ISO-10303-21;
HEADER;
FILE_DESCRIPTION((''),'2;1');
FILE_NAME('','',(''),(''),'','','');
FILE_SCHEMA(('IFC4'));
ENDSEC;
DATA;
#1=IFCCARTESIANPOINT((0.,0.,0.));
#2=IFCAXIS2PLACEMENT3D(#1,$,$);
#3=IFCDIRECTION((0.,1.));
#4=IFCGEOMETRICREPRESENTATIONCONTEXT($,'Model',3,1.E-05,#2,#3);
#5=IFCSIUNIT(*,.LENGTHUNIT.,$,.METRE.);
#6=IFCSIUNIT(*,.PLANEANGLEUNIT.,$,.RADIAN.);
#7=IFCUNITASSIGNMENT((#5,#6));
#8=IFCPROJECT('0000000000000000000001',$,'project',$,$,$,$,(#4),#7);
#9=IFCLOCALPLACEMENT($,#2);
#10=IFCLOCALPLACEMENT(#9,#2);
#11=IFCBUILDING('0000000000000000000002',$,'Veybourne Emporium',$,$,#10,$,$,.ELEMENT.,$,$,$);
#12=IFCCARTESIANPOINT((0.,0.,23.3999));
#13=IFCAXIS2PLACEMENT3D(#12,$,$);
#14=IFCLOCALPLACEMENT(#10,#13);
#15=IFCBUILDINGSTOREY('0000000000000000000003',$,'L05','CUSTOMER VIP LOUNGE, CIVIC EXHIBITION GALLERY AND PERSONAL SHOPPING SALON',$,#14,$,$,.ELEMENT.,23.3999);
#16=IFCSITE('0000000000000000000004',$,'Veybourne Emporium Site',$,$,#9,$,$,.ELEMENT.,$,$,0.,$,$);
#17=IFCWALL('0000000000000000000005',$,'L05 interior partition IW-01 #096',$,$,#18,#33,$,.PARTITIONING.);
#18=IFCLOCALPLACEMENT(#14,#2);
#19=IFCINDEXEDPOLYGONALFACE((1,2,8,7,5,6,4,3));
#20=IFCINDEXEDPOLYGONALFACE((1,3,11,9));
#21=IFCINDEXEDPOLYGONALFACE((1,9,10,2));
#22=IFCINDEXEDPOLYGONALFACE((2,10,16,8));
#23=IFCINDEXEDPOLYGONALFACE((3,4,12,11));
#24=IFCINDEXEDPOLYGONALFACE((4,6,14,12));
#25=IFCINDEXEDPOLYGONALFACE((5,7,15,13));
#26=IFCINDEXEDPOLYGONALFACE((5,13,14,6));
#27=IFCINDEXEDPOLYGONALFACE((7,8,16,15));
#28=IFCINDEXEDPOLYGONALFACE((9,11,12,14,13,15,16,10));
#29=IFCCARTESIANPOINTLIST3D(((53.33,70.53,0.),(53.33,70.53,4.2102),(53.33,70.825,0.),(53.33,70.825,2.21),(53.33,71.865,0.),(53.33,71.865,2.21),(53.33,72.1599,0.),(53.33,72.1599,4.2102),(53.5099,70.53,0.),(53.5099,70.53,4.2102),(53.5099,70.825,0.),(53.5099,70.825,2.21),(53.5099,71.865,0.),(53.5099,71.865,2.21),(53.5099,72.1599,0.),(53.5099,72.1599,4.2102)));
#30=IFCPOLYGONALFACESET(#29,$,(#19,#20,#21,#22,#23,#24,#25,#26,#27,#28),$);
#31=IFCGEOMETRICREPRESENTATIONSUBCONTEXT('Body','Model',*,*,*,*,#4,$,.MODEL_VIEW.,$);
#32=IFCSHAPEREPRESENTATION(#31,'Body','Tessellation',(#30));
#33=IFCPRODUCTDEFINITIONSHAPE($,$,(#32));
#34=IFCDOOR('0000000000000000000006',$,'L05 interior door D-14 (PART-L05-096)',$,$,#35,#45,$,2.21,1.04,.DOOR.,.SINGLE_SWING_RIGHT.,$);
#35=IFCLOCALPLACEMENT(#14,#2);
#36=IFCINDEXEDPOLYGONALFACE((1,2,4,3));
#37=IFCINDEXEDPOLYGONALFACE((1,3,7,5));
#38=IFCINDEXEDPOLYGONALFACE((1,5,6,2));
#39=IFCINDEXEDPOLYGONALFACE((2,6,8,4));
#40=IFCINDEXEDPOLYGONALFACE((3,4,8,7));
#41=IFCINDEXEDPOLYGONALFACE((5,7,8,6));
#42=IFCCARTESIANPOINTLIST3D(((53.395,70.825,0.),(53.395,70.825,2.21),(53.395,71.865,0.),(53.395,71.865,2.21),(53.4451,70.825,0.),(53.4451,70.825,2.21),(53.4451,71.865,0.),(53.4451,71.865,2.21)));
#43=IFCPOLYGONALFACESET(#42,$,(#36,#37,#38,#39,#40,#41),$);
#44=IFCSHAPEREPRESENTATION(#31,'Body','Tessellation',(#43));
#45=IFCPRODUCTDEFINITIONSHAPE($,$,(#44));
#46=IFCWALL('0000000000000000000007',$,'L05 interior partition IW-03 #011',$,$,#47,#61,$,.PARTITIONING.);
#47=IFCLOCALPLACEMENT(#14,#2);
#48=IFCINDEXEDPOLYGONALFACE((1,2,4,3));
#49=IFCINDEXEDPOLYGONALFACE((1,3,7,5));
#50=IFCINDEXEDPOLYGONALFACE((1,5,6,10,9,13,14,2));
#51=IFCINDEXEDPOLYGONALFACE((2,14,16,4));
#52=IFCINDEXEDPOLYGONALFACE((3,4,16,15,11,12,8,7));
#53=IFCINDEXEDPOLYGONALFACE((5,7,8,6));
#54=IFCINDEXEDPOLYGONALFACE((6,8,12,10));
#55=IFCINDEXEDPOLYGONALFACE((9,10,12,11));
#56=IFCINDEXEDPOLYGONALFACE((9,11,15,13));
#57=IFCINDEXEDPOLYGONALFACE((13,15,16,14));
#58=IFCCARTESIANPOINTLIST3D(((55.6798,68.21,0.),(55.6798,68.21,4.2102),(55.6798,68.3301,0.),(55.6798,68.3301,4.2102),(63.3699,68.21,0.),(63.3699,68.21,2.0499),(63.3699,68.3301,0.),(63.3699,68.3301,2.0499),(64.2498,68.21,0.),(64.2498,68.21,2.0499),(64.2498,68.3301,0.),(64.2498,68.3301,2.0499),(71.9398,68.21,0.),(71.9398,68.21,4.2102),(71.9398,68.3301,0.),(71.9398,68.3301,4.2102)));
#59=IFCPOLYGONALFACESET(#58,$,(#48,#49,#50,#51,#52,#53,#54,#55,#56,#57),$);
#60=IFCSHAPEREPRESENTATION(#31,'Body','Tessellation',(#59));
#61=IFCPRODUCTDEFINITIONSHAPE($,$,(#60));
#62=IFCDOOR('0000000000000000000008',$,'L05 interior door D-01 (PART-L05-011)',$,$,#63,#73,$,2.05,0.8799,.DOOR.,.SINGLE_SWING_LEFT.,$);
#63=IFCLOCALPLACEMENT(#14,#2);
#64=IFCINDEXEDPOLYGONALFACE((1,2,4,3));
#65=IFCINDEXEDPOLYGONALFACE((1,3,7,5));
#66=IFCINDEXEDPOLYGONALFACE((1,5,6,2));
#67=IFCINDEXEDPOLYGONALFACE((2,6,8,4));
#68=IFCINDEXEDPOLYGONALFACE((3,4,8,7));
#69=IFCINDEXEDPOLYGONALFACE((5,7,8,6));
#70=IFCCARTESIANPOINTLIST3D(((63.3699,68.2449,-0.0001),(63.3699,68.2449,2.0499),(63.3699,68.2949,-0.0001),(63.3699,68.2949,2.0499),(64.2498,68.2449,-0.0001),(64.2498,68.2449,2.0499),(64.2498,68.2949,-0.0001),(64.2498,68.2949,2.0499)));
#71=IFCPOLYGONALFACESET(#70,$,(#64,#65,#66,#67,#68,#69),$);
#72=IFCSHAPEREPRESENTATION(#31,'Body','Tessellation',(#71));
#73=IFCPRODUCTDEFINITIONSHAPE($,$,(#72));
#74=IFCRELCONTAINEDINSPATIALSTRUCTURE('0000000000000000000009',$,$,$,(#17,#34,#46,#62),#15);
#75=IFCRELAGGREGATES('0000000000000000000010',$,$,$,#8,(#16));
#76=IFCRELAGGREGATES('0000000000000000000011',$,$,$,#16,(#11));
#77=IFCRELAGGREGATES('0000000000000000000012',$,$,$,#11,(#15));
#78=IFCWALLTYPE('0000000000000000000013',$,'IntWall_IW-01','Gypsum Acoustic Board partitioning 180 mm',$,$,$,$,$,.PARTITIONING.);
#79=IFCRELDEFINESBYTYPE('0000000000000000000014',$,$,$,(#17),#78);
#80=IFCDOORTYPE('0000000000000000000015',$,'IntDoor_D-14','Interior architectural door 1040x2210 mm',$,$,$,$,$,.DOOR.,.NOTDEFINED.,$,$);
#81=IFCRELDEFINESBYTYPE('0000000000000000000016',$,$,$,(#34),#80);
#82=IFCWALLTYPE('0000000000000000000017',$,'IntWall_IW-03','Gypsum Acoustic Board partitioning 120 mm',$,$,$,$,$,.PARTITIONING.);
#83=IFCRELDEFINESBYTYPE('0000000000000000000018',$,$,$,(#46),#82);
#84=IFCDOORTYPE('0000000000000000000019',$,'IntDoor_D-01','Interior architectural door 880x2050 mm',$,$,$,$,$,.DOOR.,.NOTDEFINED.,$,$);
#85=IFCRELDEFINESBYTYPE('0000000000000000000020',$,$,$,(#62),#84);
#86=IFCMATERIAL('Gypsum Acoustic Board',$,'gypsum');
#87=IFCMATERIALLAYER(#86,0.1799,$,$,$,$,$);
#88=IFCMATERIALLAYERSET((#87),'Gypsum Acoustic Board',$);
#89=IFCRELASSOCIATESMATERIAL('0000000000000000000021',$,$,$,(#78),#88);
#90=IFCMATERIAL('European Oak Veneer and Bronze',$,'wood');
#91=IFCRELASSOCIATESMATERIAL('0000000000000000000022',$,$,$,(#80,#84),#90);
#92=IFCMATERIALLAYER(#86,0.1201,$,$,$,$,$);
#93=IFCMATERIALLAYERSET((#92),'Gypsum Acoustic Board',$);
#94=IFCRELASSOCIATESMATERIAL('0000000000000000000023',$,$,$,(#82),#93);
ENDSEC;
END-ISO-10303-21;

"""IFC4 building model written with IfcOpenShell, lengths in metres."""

from ifc_helpers import new_model, si_unit, direction, frame, frame_2d, origin, place, context, subcontext, project, spatial, rectangle, extrude, material, layer, layer_set, type_object, element, fill, save


model = new_model("IFC4")

# Units and contexts
model_context = context("Model", 3, precision=1e-05, world=origin(), true_north=direction((0.0, 1.0)))
body_context = subcontext(model_context, "Body", "Model", "MODEL_VIEW")
ifc_project = project(units=[si_unit("LENGTHUNIT", "METRE"), si_unit("PLANEANGLEUNIT", "RADIAN")], contexts=[model_context])

# Site, building, storey
site_placement = place(None, origin())
site = spatial("IfcSite", under=ifc_project, at=site_placement, Name="Veybourne Emporium Site", CompositionType="ELEMENT", RefElevation=0.0)
building_placement = place(site_placement, origin())
building = spatial("IfcBuilding", under=site, at=building_placement, Name="Veybourne Emporium", CompositionType="ELEMENT")
storey_placement = place(building_placement, frame((0.0, 0.0, 23.3999)))
storey = spatial("IfcBuildingStorey", under=building, at=storey_placement, Name="L05", Description="CUSTOMER VIP LOUNGE, CIVIC EXHIBITION GALLERY AND PERSONAL SHOPPING SALON", CompositionType="ELEMENT", Elevation=23.3999)

# Walls, openings, doors
ifc_material_1 = material(Name="Gypsum Acoustic Board", Category="gypsum")
ifc_layer_1 = layer(ifc_material_1, 0.1799)
ifc_layer_set_1 = layer_set([ifc_layer_1], Name="Gypsum Acoustic Board")
wall_type_1 = type_object("IfcWallType", Name="IntWall_IW-01", Description="Gypsum Acoustic Board partitioning 180 mm", PredefinedType="PARTITIONING", material=ifc_layer_set_1)
ifc_material_2 = material(Name="European Oak Veneer and Bronze", Category="wood")
wall_1_placement = place(storey_placement, frame((53.4199, 70.53, 0.0), z_axis=(0.0, 0.0, 1.0), x_axis=(0.0, 1.0, 0.0)))
wall_1 = element("IfcWall", 1, at=wall_1_placement, inside=storey, type_object=wall_type_1, Name="L05 interior partition IW-01 #096", PredefinedType="PARTITIONING", context=body_context, shape_type="SweptSolid", body=[
    extrude(rectangle(XDim=1.6299, YDim=0.1799, at=frame_2d((0.8149, 0.0))), origin(), (0.0, 0.0, 1.0), 4.2102),
])
opening_1_placement = place(wall_1_placement, frame((0.2949, 0.0, 0.0)))
opening_1 = element("IfcOpeningElement", 2, at=opening_1_placement, cuts=wall_1, PredefinedType="OPENING", context=body_context, shape_type="SweptSolid", body=[
    extrude(rectangle(XDim=1.04, YDim=2.21, at=frame_2d((0.52, 1.105))), frame((0.0, 0.1099, 0.0), z_axis=(0.0, -1.0, 0.0), x_axis=(1.0, 0.0, 0.0)), (0.0, 0.0, 1.0), 0.22),
])
door_type_1 = type_object("IfcDoorType", Name="IntDoor_D-14", Description="Interior architectural door 1040x2210 mm", OperationType="NOTDEFINED", PredefinedType="DOOR", material=ifc_material_2)
door_1_placement = place(opening_1_placement, origin())
door_1 = element("IfcDoor", 3, at=door_1_placement, inside=storey, type_object=door_type_1, Name="L05 interior door D-14 (PART-L05-096)", OperationType="SINGLE_SWING_RIGHT", OverallHeight=2.21, OverallWidth=1.04, PredefinedType="DOOR", context=body_context, shape_type="SweptSolid", body=[
    extrude(rectangle(XDim=1.04, YDim=2.21, at=frame_2d((0.52, 1.105))), frame((0.0, 0.0249, 0.0), z_axis=(0.0, -1.0, 0.0), x_axis=(1.0, 0.0, 0.0)), (0.0, 0.0, 1.0), 0.05),
])
fill(opening_1, door_1)
ifc_layer_2 = layer(ifc_material_1, 0.1201)
ifc_layer_set_2 = layer_set([ifc_layer_2], Name="Gypsum Acoustic Board")
wall_type_2 = type_object("IfcWallType", Name="IntWall_IW-03", Description="Gypsum Acoustic Board partitioning 120 mm", PredefinedType="PARTITIONING", material=ifc_layer_set_2)
wall_2_placement = place(storey_placement, frame((55.6799, 68.27, 0.0), z_axis=(0.0, 0.0, 1.0), x_axis=(1.0, 0.0, 0.0)))
wall_2 = element("IfcWall", 4, at=wall_2_placement, inside=storey, type_object=wall_type_2, Name="L05 interior partition IW-03 #011", PredefinedType="PARTITIONING", context=body_context, shape_type="SweptSolid", body=[
    extrude(rectangle(XDim=16.26, YDim=0.1201, at=frame_2d((8.1299, 0.0))), origin(), (0.0, 0.0, 1.0), 4.2102),
])
opening_2_placement = place(wall_2_placement, frame((7.6899, 0.0, 0.0)))
opening_2 = element("IfcOpeningElement", 5, at=opening_2_placement, cuts=wall_2, PredefinedType="OPENING", context=body_context, shape_type="SweptSolid", body=[
    extrude(rectangle(XDim=0.8799, YDim=2.05, at=frame_2d((0.4399, 1.0249))), frame((0.0, 0.0801, 0.0), z_axis=(0.0, -1.0, 0.0), x_axis=(1.0, 0.0, 0.0)), (0.0, 0.0, 1.0), 0.1602),
])
door_type_2 = type_object("IfcDoorType", Name="IntDoor_D-01", Description="Interior architectural door 880x2050 mm", OperationType="NOTDEFINED", PredefinedType="DOOR", material=ifc_material_2)
door_2_placement = place(opening_2_placement, origin())
door_2 = element("IfcDoor", 6, at=door_2_placement, inside=storey, type_object=door_type_2, Name="L05 interior door D-01 (PART-L05-011)", OperationType="SINGLE_SWING_LEFT", OverallHeight=2.05, OverallWidth=0.8799, PredefinedType="DOOR", context=body_context, shape_type="SweptSolid", body=[
    extrude(rectangle(XDim=0.8799, YDim=2.05, at=frame_2d((0.4399, 1.0249))), frame((0.0, 0.0249, 0.0), z_axis=(0.0, -1.0, 0.0), x_axis=(1.0, 0.0, 0.0)), (0.0, 0.0, 1.0), 0.05),
])
fill(opening_2, door_2)

save(model, "model.ifc")
